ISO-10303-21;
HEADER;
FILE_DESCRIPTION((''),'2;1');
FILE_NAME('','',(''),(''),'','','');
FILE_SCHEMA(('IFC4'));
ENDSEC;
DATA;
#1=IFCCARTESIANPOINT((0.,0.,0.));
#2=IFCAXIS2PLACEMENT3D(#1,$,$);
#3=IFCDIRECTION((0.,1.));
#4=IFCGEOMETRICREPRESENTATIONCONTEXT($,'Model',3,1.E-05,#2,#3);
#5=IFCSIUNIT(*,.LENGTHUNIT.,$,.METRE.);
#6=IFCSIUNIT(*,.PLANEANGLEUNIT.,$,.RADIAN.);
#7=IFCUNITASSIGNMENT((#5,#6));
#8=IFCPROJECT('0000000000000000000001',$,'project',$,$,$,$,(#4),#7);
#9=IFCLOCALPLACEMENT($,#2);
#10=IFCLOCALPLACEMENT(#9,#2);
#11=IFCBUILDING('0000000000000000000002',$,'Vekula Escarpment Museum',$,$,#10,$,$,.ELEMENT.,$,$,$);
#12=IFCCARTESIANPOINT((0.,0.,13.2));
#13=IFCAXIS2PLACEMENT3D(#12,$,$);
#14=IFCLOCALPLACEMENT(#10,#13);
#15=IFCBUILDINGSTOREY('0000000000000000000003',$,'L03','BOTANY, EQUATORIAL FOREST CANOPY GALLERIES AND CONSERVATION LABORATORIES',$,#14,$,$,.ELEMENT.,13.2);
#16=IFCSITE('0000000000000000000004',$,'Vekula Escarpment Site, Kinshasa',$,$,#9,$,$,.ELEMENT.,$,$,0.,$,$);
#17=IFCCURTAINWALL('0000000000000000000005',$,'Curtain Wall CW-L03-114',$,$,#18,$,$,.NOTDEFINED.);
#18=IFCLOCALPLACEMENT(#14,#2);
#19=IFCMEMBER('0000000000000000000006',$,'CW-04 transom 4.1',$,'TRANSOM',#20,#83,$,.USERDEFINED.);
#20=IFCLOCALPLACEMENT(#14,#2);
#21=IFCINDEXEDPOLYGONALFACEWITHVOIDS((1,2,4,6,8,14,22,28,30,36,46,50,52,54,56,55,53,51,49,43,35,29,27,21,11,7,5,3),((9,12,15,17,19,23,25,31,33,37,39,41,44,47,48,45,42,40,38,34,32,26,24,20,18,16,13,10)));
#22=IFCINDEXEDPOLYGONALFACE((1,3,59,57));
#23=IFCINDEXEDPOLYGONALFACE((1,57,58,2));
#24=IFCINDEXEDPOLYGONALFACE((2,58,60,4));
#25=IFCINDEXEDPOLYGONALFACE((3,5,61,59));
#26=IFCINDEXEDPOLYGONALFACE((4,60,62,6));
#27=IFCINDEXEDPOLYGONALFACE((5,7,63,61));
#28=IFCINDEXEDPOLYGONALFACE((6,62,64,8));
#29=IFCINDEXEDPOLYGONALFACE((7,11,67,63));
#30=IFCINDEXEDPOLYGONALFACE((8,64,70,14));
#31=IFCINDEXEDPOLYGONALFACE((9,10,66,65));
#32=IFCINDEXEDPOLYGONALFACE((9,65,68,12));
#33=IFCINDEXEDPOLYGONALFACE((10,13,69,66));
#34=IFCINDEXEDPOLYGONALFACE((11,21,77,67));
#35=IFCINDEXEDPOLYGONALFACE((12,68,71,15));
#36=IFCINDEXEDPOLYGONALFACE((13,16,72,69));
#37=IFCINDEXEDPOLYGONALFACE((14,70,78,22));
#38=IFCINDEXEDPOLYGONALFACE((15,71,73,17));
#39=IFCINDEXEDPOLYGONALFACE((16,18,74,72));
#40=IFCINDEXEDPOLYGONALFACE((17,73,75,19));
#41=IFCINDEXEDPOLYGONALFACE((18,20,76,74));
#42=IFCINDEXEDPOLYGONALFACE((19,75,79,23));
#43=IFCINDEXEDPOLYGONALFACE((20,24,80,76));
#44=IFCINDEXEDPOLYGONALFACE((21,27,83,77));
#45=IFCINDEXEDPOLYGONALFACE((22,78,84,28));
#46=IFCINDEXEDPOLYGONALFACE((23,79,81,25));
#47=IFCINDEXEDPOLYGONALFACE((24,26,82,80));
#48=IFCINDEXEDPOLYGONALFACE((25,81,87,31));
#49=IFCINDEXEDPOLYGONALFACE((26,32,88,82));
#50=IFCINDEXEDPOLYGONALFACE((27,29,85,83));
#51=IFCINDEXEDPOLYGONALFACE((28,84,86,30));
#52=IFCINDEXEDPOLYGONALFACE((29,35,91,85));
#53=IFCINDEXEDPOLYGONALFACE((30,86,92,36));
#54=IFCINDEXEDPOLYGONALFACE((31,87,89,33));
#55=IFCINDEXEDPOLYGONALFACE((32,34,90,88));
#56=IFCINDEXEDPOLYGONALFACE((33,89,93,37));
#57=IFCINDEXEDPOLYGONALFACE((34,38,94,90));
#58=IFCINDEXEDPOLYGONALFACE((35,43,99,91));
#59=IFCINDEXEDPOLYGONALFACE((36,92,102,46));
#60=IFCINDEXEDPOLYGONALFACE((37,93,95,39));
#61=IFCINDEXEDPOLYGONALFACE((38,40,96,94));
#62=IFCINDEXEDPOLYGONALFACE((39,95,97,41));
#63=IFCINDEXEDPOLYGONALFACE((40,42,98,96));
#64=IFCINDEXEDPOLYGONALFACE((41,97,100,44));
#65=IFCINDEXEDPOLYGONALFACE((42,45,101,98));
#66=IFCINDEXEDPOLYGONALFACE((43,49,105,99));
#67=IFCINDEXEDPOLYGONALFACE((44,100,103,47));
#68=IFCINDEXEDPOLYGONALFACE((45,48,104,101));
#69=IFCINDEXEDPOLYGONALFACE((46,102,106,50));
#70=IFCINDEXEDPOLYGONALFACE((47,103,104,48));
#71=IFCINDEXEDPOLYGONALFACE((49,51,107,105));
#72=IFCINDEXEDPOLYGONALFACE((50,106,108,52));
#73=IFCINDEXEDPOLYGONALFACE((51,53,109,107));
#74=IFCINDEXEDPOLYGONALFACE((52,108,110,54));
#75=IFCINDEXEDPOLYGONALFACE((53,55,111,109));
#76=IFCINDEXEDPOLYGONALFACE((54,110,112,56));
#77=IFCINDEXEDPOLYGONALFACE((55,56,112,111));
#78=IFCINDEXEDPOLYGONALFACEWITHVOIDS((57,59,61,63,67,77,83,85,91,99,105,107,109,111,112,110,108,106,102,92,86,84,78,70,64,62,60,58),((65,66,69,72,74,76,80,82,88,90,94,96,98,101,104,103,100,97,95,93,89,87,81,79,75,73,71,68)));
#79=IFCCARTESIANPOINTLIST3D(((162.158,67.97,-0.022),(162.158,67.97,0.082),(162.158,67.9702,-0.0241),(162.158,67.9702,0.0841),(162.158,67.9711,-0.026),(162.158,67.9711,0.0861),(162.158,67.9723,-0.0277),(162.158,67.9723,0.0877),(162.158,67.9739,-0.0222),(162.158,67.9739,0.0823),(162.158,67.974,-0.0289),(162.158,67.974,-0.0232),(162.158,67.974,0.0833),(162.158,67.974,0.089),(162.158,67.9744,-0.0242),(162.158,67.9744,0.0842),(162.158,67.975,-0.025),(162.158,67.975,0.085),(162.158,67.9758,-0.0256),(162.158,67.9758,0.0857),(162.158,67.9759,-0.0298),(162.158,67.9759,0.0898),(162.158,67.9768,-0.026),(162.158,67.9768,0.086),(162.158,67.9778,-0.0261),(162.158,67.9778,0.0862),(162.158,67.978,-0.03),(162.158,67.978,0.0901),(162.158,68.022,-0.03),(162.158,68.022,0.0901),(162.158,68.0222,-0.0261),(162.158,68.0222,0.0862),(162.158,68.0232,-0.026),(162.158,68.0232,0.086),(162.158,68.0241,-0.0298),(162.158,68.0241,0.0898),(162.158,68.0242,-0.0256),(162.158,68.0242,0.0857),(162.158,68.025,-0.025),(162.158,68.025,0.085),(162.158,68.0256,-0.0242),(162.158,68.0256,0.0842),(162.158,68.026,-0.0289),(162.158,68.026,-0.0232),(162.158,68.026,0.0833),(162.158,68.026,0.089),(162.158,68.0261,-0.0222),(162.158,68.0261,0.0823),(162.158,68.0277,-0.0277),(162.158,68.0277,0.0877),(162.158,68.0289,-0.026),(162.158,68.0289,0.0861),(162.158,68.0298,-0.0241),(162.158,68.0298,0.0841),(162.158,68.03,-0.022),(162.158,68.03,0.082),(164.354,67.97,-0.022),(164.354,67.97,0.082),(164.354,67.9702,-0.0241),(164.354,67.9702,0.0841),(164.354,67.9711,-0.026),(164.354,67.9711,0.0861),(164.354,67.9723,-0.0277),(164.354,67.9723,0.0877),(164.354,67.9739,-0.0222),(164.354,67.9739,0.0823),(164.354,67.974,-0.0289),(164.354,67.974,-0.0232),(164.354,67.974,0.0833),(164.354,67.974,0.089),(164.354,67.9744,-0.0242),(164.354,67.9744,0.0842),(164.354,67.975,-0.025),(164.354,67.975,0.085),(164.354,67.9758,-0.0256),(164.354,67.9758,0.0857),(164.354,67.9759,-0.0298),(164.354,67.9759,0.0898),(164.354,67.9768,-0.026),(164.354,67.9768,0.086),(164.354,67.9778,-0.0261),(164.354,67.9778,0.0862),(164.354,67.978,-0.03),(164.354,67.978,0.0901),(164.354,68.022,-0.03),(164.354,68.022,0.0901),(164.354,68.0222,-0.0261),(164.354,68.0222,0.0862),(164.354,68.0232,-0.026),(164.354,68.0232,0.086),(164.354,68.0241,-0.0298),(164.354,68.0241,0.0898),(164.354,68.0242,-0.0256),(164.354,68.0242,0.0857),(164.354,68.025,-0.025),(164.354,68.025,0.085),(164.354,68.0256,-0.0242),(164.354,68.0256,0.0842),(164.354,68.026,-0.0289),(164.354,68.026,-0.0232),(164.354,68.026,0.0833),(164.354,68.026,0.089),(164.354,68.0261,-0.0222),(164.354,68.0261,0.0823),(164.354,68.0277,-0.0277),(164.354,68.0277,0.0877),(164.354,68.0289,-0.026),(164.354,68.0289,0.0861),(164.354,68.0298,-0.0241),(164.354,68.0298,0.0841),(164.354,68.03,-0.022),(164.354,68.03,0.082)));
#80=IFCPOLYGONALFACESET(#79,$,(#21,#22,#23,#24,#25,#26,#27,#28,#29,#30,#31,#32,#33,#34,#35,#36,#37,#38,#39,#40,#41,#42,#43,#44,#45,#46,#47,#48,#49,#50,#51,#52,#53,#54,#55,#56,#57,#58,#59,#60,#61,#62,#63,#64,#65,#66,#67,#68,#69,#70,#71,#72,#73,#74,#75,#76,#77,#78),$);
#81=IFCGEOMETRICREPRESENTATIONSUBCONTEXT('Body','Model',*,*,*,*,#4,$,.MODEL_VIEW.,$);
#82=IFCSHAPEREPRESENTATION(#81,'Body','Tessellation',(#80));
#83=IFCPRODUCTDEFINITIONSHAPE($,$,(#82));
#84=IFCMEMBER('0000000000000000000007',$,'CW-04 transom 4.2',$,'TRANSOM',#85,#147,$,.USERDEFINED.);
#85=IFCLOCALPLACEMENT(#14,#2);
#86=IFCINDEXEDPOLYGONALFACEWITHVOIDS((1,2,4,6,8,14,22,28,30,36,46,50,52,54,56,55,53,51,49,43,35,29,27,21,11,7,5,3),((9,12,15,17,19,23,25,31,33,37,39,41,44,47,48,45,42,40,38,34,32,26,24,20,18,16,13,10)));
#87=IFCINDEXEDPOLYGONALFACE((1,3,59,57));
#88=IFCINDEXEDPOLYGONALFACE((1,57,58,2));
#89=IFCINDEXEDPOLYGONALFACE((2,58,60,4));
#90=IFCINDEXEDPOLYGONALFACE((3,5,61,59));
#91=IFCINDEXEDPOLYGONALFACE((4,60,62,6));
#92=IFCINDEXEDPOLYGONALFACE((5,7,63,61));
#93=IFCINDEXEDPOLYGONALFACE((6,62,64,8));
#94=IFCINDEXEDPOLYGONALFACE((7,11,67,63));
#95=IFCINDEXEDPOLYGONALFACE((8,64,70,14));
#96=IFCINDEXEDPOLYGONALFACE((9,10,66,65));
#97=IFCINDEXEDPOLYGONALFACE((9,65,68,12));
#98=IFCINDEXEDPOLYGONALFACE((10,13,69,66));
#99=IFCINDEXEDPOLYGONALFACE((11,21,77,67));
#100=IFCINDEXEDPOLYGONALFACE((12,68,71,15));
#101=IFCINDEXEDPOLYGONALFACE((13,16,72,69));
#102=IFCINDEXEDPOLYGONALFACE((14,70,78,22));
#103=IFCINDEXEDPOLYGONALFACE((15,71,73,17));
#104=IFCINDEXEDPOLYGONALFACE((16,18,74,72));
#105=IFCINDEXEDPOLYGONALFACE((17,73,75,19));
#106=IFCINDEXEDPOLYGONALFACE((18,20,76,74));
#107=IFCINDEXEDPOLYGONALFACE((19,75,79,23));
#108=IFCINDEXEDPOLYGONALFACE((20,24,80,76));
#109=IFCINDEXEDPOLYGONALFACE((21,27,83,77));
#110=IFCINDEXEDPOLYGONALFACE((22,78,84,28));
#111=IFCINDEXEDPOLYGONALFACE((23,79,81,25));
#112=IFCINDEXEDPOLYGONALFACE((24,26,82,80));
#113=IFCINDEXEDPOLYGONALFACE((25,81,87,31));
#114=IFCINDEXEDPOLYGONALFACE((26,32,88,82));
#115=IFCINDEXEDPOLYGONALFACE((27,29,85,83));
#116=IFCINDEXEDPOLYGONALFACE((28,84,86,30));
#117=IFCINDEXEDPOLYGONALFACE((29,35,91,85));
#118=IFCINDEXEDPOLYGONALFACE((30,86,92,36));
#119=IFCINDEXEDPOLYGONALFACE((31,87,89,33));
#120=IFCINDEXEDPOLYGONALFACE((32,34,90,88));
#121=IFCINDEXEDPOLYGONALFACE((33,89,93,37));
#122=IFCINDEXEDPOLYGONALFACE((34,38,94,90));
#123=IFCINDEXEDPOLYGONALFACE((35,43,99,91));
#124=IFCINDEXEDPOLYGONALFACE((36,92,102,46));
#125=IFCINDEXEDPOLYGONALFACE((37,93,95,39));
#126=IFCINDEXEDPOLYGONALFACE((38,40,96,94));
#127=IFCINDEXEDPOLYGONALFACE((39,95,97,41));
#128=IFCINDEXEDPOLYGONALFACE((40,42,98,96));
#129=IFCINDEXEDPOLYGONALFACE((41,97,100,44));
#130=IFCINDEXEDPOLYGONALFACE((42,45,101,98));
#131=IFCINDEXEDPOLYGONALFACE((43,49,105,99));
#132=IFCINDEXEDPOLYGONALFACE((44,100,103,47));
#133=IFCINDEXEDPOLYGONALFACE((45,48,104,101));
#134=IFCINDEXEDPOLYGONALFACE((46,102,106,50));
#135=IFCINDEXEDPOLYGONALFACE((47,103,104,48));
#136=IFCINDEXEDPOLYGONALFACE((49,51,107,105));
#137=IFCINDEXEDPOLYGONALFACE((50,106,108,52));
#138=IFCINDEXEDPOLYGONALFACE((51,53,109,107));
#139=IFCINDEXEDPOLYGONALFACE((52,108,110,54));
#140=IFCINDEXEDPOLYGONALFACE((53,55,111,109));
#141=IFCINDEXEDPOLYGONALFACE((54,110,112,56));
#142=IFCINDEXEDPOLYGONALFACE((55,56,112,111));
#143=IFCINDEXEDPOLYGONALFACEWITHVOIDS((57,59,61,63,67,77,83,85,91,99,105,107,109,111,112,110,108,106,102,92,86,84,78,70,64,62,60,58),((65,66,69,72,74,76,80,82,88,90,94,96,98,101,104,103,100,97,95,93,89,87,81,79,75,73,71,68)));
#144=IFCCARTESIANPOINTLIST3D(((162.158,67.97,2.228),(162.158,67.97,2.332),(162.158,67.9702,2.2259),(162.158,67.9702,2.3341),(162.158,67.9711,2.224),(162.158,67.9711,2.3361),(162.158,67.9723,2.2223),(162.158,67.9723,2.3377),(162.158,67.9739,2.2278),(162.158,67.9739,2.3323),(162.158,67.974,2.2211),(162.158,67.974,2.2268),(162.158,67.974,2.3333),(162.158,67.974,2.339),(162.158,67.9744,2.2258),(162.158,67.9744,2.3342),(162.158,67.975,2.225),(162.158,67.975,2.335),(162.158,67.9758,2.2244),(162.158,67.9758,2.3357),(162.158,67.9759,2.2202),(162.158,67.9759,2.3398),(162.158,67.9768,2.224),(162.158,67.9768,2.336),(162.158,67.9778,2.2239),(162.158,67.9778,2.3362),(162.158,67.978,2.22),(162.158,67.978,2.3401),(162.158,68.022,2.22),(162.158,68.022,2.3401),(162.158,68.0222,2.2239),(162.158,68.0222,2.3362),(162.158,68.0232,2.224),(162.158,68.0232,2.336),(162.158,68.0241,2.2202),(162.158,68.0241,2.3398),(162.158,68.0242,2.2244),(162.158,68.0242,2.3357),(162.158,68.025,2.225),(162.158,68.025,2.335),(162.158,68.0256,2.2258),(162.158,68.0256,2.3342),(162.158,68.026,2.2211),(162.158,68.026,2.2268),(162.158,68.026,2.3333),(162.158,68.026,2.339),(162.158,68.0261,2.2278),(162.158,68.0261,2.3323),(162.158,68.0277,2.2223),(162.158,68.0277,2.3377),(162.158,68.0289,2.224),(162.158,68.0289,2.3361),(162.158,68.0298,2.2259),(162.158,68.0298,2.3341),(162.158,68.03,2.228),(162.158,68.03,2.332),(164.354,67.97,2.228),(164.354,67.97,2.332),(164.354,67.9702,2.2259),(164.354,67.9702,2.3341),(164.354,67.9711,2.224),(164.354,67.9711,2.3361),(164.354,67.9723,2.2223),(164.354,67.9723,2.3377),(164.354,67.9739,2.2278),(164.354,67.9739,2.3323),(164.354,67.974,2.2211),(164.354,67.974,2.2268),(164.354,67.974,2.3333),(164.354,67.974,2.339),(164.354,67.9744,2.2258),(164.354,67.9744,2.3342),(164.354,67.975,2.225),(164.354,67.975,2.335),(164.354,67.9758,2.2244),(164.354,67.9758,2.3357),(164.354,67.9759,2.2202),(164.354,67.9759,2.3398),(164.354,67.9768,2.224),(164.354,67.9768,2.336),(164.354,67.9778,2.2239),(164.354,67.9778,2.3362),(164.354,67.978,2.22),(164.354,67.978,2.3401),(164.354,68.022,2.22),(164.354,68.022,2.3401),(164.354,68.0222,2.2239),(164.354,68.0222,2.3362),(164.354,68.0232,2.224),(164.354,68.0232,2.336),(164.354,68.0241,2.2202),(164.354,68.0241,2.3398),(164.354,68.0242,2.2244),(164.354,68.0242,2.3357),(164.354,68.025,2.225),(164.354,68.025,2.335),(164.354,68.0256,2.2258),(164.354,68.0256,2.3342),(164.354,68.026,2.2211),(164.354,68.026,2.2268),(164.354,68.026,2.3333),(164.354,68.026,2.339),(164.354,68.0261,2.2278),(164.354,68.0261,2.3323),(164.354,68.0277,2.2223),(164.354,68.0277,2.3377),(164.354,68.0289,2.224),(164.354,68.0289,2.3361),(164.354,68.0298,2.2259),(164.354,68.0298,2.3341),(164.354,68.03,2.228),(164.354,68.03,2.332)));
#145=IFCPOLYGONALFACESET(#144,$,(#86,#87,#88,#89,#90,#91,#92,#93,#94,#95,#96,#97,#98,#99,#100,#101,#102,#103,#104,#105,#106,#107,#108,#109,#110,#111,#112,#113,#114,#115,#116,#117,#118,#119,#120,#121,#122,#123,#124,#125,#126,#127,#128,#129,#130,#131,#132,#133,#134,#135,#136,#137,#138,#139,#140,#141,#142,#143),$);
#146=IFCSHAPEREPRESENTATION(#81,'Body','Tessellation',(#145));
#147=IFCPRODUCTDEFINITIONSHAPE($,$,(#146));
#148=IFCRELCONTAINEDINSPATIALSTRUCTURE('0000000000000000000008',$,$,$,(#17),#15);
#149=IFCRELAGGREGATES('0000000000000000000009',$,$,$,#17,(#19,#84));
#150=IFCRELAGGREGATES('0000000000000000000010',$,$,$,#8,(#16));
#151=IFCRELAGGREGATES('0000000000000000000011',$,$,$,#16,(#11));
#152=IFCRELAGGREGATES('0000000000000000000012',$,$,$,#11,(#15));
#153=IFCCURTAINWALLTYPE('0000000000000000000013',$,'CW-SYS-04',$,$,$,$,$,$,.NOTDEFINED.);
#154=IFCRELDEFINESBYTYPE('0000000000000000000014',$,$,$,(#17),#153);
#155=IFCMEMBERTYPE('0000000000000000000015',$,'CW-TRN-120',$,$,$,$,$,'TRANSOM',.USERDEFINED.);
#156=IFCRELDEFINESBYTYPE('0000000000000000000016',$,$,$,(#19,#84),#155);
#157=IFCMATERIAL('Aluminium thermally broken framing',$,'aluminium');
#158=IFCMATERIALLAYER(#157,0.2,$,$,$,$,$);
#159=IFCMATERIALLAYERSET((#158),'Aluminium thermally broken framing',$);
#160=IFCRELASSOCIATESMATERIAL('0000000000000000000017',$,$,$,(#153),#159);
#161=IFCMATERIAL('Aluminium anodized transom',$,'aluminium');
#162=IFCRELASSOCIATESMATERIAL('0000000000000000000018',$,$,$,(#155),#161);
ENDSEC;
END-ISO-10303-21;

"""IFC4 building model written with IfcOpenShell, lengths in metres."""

from ifc_helpers import new_model, si_unit, direction, frame, origin, origin_2d, place, context, subcontext, project, spatial, hollow_rectangle, extrude, material, layer, layer_set, material_profile, profile_set, type_object, element, aggregate, save


model = new_model("IFC4")

# Units and contexts
model_context = context("Model", 3, precision=1e-05, world=origin(), true_north=direction((0.0, 1.0)))
body_context = subcontext(model_context, "Body", "Model", "MODEL_VIEW")
ifc_project = project(units=[si_unit("LENGTHUNIT", "METRE"), si_unit("PLANEANGLEUNIT", "RADIAN")], contexts=[model_context])

# Site, building, storey
site_placement = place(None, origin())
site = spatial("IfcSite", under=ifc_project, at=site_placement, Name="Vekula Escarpment Site, Kinshasa", CompositionType="ELEMENT", RefElevation=0.0)
building_placement = place(site_placement, origin())
building = spatial("IfcBuilding", under=site, at=building_placement, Name="Vekula Escarpment Museum", CompositionType="ELEMENT")
storey_placement = place(building_placement, frame((0.0, 0.0, 13.2)))
storey = spatial("IfcBuildingStorey", under=building, at=storey_placement, Name="L03", Description="BOTANY, EQUATORIAL FOREST CANOPY GALLERIES AND CONSERVATION LABORATORIES", CompositionType="ELEMENT", Elevation=13.2)

# Curtain wall, members
ifc_material_1 = material(Name="Aluminium thermally broken framing", Category="aluminium")
ifc_layer_1 = layer(ifc_material_1, 0.2)
ifc_layer_set_1 = layer_set([ifc_layer_1], Name="Aluminium thermally broken framing")
curtain_wall_type = type_object("IfcCurtainWallType", Name="CW-SYS-04", PredefinedType="NOTDEFINED", material=ifc_layer_set_1)
curtain_wall_placement = place(storey_placement, origin())
curtain_wall = element("IfcCurtainWall", 1, at=curtain_wall_placement, inside=storey, type_object=curtain_wall_type, Name="Curtain Wall CW-L03-114", PredefinedType="NOTDEFINED")
ifc_material_2 = material(Name="Aluminium anodized transom", Category="aluminium")
ifc_material_profile_1 = material_profile(ifc_material_2, hollow_rectangle(XDim=0.0601, YDim=0.1201, WallThickness=0.0039, InnerFilletRadius=0.0039, OuterFilletRadius=0.0081, at=origin_2d()), Name="ALU 120x60x4")
ifc_profile_set_1 = profile_set([ifc_material_profile_1], Name="Aluminium anodized transom")
member_type_1 = type_object("IfcMemberType", Name="CW-TRN-120", ElementType="TRANSOM", PredefinedType="USERDEFINED", material=ifc_profile_set_1)
member_1_placement = place(storey_placement, frame((162.158, 68.0, 0.03), z_axis=(1.0, 0.0, 0.0), x_axis=(0.0, 1.0, 0.0)))
member_1 = element("IfcMember", 2, at=member_1_placement, type_object=member_type_1, Name="CW-04 transom 4.1", ObjectType="TRANSOM", PredefinedType="USERDEFINED", context=body_context, shape_type="SweptSolid", body=[
    extrude(hollow_rectangle(XDim=0.0601, YDim=0.1201, WallThickness=0.0039, InnerFilletRadius=0.0039, OuterFilletRadius=0.0081, at=origin_2d()), origin(), (0.0, 0.0, 1.0), 2.196),
])
member_2_placement = place(storey_placement, frame((162.158, 68.0, 2.28), z_axis=(1.0, 0.0, 0.0), x_axis=(0.0, 1.0, 0.0)))
member_2 = element("IfcMember", 3, at=member_2_placement, type_object=member_type_1, Name="CW-04 transom 4.2", ObjectType="TRANSOM", PredefinedType="USERDEFINED", context=body_context, shape_type="SweptSolid", body=[
    extrude(hollow_rectangle(XDim=0.0601, YDim=0.1201, WallThickness=0.0039, InnerFilletRadius=0.0039, OuterFilletRadius=0.0081, at=origin_2d()), origin(), (0.0, 0.0, 1.0), 2.196),
])
aggregate(curtain_wall, [member_1, member_2])

save(model, "model.ifc")
